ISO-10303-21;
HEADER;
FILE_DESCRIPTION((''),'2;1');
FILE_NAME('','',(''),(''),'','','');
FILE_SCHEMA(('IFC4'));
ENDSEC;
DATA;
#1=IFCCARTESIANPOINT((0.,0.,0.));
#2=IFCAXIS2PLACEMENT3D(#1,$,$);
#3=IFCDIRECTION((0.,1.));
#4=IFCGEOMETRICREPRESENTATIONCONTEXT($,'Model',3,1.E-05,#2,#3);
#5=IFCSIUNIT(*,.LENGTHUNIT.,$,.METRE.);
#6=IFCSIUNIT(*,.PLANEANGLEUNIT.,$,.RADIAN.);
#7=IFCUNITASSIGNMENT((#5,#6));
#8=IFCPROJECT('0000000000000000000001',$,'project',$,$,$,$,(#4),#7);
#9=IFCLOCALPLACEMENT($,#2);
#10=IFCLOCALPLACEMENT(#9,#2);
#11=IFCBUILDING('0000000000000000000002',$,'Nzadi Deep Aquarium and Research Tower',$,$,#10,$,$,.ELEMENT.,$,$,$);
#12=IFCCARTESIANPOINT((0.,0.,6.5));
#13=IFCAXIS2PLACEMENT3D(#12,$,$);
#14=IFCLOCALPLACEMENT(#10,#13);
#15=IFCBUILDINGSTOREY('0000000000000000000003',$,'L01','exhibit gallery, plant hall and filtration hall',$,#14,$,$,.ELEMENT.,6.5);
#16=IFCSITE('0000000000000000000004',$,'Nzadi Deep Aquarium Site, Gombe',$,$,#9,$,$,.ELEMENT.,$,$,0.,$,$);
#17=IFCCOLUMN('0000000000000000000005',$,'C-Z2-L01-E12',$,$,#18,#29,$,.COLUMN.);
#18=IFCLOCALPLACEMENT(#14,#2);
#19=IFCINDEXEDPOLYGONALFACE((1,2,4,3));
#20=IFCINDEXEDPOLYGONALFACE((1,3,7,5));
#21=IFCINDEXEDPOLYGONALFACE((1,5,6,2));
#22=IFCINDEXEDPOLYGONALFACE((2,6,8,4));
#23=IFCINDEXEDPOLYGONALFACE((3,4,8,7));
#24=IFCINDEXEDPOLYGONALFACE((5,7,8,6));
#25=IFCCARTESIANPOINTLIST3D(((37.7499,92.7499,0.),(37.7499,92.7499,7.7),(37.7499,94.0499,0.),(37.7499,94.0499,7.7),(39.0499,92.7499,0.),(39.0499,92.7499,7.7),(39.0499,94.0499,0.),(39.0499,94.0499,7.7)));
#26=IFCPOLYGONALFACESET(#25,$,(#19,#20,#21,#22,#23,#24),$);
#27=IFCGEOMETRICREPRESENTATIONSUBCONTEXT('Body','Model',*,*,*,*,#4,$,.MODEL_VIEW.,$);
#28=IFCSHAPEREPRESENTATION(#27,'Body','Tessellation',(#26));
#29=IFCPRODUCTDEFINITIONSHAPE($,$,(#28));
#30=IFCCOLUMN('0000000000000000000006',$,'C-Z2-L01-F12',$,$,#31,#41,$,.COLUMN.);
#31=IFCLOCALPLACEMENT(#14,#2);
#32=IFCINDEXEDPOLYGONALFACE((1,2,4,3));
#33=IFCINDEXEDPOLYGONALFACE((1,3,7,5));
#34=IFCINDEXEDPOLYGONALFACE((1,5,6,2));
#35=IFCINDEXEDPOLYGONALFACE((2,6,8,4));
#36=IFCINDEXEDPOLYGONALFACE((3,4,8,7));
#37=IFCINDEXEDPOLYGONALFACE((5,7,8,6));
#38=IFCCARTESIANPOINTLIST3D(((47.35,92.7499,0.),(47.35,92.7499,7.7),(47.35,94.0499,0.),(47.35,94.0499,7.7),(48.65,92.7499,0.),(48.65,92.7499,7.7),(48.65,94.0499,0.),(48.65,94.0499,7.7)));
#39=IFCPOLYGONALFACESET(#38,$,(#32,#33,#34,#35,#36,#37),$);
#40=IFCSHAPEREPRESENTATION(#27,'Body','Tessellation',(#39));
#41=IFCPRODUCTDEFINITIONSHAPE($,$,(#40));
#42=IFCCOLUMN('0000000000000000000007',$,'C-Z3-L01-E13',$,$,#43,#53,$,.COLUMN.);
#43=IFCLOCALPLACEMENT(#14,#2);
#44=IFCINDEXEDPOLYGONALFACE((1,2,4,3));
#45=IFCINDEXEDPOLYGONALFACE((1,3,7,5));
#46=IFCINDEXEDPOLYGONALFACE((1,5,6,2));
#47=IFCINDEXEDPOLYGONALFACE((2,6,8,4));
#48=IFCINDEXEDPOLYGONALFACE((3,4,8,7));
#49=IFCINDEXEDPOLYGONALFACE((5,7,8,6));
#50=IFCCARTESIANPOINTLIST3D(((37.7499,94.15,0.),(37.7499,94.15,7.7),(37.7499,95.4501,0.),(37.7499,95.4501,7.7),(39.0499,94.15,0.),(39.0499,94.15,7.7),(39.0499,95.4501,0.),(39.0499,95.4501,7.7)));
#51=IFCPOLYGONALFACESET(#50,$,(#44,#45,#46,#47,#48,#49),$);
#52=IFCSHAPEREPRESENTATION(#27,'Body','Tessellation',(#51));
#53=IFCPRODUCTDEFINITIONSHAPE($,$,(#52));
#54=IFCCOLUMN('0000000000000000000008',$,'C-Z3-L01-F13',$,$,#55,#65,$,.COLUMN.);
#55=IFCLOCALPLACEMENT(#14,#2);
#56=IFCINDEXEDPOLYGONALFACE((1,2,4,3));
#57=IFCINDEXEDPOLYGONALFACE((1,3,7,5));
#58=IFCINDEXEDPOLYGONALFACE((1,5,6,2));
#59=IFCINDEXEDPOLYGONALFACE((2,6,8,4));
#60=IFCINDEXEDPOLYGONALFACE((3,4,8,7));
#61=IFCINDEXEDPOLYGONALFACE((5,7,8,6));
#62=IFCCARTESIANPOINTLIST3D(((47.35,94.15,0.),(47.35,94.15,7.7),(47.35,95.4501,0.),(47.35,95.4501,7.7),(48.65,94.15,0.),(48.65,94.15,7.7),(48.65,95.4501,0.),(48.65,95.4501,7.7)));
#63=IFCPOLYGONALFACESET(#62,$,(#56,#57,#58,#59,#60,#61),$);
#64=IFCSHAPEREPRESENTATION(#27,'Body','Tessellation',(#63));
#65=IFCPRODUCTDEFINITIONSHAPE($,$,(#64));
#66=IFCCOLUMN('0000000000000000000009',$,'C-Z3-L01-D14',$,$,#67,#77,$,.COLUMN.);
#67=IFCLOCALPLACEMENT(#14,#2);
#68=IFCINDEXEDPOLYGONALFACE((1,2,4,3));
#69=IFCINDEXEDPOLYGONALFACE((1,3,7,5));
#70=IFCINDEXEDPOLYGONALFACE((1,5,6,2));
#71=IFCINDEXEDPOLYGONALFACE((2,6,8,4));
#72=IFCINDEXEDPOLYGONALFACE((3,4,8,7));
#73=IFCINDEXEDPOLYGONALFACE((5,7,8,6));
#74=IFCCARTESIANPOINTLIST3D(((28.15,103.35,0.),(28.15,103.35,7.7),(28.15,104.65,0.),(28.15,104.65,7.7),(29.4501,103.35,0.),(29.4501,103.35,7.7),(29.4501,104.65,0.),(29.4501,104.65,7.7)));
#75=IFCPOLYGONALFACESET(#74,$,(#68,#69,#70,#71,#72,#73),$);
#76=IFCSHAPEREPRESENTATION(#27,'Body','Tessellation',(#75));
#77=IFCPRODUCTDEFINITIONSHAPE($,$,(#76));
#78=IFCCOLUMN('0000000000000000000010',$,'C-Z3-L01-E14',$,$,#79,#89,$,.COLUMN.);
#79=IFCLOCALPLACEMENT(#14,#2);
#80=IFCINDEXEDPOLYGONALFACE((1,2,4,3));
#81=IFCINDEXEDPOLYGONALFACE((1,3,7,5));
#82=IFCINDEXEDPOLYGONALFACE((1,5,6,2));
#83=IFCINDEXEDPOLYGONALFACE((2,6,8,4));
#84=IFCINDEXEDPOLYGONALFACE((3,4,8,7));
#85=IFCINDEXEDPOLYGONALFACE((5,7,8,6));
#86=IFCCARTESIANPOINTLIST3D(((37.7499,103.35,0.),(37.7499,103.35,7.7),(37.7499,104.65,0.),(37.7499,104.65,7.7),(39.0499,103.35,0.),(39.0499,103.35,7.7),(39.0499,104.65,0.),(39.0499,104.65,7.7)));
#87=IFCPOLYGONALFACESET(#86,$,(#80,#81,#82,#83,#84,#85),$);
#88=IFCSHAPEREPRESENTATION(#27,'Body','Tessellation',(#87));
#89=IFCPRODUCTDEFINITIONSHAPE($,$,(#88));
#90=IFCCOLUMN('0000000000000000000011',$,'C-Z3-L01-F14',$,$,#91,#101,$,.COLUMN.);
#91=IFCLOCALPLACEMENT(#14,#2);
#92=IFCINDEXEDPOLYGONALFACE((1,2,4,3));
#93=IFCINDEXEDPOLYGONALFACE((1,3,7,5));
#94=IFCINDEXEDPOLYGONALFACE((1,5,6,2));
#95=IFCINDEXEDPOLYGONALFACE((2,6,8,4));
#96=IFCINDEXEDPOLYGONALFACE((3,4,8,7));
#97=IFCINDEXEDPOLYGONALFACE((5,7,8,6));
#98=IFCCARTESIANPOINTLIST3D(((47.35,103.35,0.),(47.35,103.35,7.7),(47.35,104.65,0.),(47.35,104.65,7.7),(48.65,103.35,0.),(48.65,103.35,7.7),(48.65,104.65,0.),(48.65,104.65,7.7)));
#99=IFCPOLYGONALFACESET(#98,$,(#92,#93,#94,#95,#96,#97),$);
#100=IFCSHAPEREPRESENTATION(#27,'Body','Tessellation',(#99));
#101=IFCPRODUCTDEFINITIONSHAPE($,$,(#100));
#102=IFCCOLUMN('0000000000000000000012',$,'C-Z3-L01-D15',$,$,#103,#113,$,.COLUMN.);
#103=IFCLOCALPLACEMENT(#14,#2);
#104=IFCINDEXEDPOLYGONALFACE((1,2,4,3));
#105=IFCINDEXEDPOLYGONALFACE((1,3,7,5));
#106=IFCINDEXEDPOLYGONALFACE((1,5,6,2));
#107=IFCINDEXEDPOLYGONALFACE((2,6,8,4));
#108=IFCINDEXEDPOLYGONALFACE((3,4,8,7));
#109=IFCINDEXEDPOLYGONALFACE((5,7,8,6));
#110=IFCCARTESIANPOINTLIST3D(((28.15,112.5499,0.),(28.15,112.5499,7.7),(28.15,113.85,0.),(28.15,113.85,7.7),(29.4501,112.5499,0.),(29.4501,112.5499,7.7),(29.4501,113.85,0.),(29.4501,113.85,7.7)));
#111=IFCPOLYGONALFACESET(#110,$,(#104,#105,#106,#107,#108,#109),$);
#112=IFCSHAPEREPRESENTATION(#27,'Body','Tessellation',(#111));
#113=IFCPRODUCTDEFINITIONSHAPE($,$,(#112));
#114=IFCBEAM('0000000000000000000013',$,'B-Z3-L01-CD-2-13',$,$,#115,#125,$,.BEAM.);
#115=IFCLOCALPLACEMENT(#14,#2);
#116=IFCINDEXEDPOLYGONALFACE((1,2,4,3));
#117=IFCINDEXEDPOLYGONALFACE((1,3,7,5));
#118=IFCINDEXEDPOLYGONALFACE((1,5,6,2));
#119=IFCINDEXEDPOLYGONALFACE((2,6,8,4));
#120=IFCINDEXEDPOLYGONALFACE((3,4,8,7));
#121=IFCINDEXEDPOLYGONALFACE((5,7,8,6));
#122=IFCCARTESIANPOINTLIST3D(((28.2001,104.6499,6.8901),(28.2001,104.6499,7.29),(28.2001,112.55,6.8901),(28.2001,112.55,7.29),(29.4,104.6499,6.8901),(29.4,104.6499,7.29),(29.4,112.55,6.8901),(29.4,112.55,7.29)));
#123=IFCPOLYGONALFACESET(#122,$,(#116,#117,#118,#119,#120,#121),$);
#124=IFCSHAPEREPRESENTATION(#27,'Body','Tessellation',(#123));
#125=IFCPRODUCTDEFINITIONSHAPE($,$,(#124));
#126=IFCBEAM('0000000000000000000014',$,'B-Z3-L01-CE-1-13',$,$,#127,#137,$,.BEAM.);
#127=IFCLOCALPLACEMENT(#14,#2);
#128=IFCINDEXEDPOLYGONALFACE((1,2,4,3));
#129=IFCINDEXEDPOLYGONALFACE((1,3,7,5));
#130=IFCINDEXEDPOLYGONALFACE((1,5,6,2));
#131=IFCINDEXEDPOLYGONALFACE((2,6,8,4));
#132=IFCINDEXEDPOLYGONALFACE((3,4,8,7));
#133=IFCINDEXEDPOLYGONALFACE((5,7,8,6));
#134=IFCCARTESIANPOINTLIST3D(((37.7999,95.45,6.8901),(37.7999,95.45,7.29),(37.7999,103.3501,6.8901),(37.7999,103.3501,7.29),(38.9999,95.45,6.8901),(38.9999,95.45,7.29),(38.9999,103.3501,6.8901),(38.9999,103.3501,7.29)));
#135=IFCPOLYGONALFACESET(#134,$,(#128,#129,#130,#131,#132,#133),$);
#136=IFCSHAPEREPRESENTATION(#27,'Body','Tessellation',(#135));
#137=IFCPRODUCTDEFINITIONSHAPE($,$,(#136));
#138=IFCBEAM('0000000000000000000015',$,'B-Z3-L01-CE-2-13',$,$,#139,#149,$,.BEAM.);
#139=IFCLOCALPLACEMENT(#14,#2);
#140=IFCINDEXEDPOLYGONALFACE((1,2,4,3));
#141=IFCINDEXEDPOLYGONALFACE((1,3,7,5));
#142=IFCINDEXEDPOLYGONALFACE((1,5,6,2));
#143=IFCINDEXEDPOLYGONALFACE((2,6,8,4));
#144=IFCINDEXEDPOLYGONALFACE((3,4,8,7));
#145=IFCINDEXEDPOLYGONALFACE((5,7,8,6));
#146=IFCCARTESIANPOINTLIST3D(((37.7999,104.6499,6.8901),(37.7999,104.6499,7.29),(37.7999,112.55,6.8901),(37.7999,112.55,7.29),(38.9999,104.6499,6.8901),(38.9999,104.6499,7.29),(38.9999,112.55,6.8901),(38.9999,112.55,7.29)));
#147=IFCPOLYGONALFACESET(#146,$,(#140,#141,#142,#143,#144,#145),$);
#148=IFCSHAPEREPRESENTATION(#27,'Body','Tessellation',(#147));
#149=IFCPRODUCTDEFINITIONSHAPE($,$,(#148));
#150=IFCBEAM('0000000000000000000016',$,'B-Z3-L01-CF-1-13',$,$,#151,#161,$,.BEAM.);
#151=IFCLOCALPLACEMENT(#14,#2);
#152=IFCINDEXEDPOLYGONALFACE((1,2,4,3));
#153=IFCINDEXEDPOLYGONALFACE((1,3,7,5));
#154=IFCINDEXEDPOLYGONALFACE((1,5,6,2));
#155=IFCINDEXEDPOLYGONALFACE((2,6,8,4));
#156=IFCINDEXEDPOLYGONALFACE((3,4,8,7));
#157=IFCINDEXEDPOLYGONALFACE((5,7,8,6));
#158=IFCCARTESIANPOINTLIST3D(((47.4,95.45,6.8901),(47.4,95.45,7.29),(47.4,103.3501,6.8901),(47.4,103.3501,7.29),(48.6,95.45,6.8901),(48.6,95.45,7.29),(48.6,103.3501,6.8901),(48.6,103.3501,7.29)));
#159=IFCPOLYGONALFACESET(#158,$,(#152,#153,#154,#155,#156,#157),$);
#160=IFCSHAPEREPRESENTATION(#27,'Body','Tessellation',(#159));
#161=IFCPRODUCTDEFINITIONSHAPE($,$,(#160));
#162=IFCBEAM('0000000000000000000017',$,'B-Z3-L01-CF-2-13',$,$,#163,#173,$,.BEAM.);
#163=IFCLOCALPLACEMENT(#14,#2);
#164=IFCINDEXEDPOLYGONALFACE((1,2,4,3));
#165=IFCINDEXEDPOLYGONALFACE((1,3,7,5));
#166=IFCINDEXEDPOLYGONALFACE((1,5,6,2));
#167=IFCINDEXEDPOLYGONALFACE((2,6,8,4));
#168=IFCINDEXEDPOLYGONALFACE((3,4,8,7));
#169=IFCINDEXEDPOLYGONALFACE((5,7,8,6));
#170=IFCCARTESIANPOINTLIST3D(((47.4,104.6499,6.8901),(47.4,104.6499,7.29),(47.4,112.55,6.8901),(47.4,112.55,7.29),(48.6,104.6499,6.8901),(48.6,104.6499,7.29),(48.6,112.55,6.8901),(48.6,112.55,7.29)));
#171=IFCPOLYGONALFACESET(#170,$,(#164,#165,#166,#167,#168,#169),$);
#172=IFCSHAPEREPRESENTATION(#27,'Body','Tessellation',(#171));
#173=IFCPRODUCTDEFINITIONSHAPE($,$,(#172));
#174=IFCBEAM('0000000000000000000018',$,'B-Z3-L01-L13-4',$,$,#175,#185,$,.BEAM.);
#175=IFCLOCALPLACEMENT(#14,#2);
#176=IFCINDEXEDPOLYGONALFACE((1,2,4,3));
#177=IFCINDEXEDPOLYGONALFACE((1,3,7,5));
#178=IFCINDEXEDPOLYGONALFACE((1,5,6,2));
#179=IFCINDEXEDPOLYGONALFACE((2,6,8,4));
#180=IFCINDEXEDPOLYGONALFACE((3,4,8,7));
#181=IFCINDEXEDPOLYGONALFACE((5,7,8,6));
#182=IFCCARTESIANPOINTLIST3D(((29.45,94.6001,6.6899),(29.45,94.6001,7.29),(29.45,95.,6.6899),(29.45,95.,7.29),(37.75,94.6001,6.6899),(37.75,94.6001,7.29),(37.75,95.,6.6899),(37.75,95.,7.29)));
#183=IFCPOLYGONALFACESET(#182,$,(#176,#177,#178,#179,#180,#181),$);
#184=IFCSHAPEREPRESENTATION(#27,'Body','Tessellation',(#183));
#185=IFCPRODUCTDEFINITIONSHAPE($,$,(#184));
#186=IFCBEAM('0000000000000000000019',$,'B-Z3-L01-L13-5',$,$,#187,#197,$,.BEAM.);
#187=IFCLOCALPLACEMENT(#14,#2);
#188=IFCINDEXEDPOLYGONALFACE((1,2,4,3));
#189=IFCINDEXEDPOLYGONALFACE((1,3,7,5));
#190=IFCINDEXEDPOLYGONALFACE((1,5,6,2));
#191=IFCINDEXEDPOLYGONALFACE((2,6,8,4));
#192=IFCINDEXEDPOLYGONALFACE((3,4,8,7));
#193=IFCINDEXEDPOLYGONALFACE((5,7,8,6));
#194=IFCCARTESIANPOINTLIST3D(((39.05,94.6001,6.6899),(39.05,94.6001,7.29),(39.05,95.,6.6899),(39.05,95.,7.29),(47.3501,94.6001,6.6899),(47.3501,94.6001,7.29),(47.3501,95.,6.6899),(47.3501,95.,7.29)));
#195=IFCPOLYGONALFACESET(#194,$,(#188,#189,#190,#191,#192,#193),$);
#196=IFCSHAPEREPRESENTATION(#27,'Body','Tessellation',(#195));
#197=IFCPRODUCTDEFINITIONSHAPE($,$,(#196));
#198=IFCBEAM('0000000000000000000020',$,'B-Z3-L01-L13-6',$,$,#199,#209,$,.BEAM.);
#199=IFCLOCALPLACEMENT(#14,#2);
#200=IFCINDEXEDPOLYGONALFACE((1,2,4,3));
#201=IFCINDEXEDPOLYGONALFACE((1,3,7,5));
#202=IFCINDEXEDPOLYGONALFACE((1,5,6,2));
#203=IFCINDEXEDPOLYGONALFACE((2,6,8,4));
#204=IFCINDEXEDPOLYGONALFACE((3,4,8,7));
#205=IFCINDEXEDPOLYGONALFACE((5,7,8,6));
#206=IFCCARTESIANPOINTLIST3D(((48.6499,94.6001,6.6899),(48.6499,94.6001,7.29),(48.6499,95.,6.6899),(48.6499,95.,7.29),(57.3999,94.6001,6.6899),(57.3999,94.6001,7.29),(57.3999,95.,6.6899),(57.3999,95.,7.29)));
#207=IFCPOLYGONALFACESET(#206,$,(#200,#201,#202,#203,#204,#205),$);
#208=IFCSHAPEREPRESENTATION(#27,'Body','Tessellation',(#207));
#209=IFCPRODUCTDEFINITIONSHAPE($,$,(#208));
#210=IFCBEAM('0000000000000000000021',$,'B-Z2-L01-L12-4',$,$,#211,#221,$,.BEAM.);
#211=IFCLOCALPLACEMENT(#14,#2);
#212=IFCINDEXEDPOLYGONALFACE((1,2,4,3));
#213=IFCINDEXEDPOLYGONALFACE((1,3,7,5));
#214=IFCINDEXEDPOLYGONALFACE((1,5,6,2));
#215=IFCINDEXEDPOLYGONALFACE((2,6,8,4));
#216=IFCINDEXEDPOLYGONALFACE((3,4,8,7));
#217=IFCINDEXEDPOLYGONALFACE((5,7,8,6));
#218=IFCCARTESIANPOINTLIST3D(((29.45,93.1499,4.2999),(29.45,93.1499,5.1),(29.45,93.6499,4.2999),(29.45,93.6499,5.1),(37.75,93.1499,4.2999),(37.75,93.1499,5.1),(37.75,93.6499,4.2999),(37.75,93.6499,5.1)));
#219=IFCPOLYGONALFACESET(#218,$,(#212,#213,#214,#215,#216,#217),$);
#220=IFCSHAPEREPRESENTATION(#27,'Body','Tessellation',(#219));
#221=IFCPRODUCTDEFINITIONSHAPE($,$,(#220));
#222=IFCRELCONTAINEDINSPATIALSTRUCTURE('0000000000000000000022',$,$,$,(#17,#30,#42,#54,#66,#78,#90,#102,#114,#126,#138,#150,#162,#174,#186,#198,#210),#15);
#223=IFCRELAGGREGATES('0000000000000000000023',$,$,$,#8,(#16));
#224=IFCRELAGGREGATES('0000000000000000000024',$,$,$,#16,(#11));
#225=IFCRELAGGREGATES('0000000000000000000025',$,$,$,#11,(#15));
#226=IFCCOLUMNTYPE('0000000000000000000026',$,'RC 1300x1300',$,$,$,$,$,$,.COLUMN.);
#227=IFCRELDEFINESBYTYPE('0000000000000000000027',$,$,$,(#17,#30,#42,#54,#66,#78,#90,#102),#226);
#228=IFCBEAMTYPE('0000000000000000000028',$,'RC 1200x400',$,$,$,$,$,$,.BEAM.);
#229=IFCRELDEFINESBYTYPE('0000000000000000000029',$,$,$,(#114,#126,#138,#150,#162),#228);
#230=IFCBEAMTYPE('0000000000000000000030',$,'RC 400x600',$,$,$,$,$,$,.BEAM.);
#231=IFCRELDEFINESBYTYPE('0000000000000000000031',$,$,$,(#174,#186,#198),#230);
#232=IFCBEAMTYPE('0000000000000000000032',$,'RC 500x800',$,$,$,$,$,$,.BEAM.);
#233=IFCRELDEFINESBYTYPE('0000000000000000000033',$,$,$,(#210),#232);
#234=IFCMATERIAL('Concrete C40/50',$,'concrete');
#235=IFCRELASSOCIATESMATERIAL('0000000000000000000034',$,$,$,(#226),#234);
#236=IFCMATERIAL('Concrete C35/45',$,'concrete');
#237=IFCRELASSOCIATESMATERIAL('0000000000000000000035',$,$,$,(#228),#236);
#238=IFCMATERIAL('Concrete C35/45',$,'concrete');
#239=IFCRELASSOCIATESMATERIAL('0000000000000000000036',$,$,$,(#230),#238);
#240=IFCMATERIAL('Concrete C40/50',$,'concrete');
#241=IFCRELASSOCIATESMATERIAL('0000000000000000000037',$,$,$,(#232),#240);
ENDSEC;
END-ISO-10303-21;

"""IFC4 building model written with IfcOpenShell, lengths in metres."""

from ifc_helpers import new_model, si_unit, direction, frame, origin, origin_2d, place, context, subcontext, project, spatial, rectangle, extrude, material, material_profile, profile_set, type_object, element, save


model = new_model("IFC4")

# Units and contexts
model_context = context("Model", 3, precision=1e-05, world=origin(), true_north=direction((0.0, 1.0)))
body_context = subcontext(model_context, "Body", "Model", "MODEL_VIEW")
ifc_project = project(units=[si_unit("LENGTHUNIT", "METRE"), si_unit("PLANEANGLEUNIT", "RADIAN")], contexts=[model_context])

# Site, building, storey
site_placement = place(None, origin())
site = spatial("IfcSite", under=ifc_project, at=site_placement, Name="Nzadi Deep Aquarium Site, Gombe", CompositionType="ELEMENT", RefElevation=0.0)
building_placement = place(site_placement, origin())
building = spatial("IfcBuilding", under=site, at=building_placement, Name="Nzadi Deep Aquarium and Research Tower", CompositionType="ELEMENT")
storey_placement = place(building_placement, frame((0.0, 0.0, 6.5)))
storey = spatial("IfcBuildingStorey", under=building, at=storey_placement, Name="L01", Description="exhibit gallery, plant hall and filtration hall", CompositionType="ELEMENT", Elevation=6.5)

# Columns
ifc_material_1 = material(Name="Concrete C40/50", Category="concrete")
ifc_material_profile_1 = material_profile(ifc_material_1, rectangle(XDim=1.3, YDim=1.3, at=origin_2d()))
ifc_profile_set_1 = profile_set([ifc_material_profile_1], Name="Concrete C40/50")
column_type = type_object("IfcColumnType", Name="RC 1300x1300", PredefinedType="COLUMN", material=ifc_profile_set_1)
for number, where, z_axis, x_axis, name in (
    (1, (38.3999, 93.3999, 0.0), (0.0, 0.0, 1.0), (1.0, 0.0, 0.0), "C-Z2-L01-E12"),
    (2, (48.0, 93.3999, 0.0), (0.0, 0.0, 1.0), (1.0, 0.0, 0.0), "C-Z2-L01-F12"),
    (3, (38.3999, 94.8, 0.0), (0.0, 0.0, 1.0), (1.0, 0.0, 0.0), "C-Z3-L01-E13"),
    (4, (48.0, 94.8, 0.0), (0.0, 0.0, 1.0), (1.0, 0.0, 0.0), "C-Z3-L01-F13"),
    (5, (28.8, 104.0, 0.0), (0.0, 0.0, 1.0), (1.0, 0.0, 0.0), "C-Z3-L01-D14"),
    (6, (38.3999, 104.0, 0.0), (0.0, 0.0, 1.0), (1.0, 0.0, 0.0), "C-Z3-L01-E14"),
    (7, (48.0, 104.0, 0.0), (0.0, 0.0, 1.0), (1.0, 0.0, 0.0), "C-Z3-L01-F14"),
    (8, (28.8, 113.2, 0.0), (0.0, 0.0, 1.0), (1.0, 0.0, 0.0), "C-Z3-L01-D15"),
):
    element("IfcColumn", number, at=place(storey_placement, frame(where, z_axis=z_axis, x_axis=x_axis)), inside=storey, type_object=column_type, Name=name, PredefinedType="COLUMN", context=body_context, shape_type="SweptSolid", body=[
        extrude(rectangle(XDim=1.3, YDim=1.3, at=origin_2d()), origin(), (0.0, 0.0, 1.0), 7.7),
    ])

# Beams
ifc_material_2 = material(Name="Concrete C35/45", Category="concrete")
ifc_material_profile_2 = material_profile(ifc_material_2, rectangle(XDim=1.2, YDim=0.3999, at=origin_2d()))
ifc_profile_set_2 = profile_set([ifc_material_profile_2], Name="Concrete C35/45")
beam_type_1 = type_object("IfcBeamType", Name="RC 1200x400", PredefinedType="BEAM", material=ifc_profile_set_2)
for number, where, z_axis, x_axis, name in (
    (9, (28.8, 104.6499, 7.0901), (0.0, 1.0, 0.0), (-1.0, 0.0, 0.0), "B-Z3-L01-CD-2-13"),
    (10, (38.3999, 95.45, 7.0901), (0.0, 1.0, 0.0), (-1.0, 0.0, 0.0), "B-Z3-L01-CE-1-13"),
    (11, (38.3999, 104.6499, 7.0901), (0.0, 1.0, 0.0), (-1.0, 0.0, 0.0), "B-Z3-L01-CE-2-13"),
    (12, (48.0, 95.45, 7.0901), (0.0, 1.0, 0.0), (-1.0, 0.0, 0.0), "B-Z3-L01-CF-1-13"),
    (13, (48.0, 104.6499, 7.0901), (0.0, 1.0, 0.0), (-1.0, 0.0, 0.0), "B-Z3-L01-CF-2-13"),
):
    element("IfcBeam", number, at=place(storey_placement, frame(where, z_axis=z_axis, x_axis=x_axis)), inside=storey, type_object=beam_type_1, Name=name, PredefinedType="BEAM", context=body_context, shape_type="SweptSolid", body=[
        extrude(rectangle(XDim=1.2, YDim=0.3999, at=origin_2d()), origin(), (0.0, 0.0, 1.0), 7.9001),
    ])
ifc_material_3 = material(Name="Concrete C35/45", Category="concrete")
ifc_material_profile_3 = material_profile(ifc_material_3, rectangle(XDim=0.3999, YDim=0.6001, at=origin_2d()))
ifc_profile_set_3 = profile_set([ifc_material_profile_3], Name="Concrete C35/45")
beam_type_2 = type_object("IfcBeamType", Name="RC 400x600", PredefinedType="BEAM", material=ifc_profile_set_3)
for number, where, z_axis, x_axis, name in (
    (14, (29.45, 94.8, 6.99), (1.0, 0.0, 0.0), (0.0, 1.0, 0.0), "B-Z3-L01-L13-4"),
    (15, (39.05, 94.8, 6.99), (1.0, 0.0, 0.0), (0.0, 1.0, 0.0), "B-Z3-L01-L13-5"),
):
    element("IfcBeam", number, at=place(storey_placement, frame(where, z_axis=z_axis, x_axis=x_axis)), inside=storey, type_object=beam_type_2, Name=name, PredefinedType="BEAM", context=body_context, shape_type="SweptSolid", body=[
        extrude(rectangle(XDim=0.3999, YDim=0.6001, at=origin_2d()), origin(), (0.0, 0.0, 1.0), 8.3),
    ])
beam_1_placement = place(storey_placement, frame((48.6499, 94.8, 6.99), z_axis=(1.0, 0.0, 0.0), x_axis=(0.0, 1.0, 0.0)))
element("IfcBeam", 16, at=beam_1_placement, inside=storey, type_object=beam_type_2, Name="B-Z3-L01-L13-6", PredefinedType="BEAM", context=body_context, shape_type="SweptSolid", body=[
    extrude(rectangle(XDim=0.3999, YDim=0.6001, at=origin_2d()), origin(), (0.0, 0.0, 1.0), 8.75),
])
ifc_material_4 = material(Name="Concrete C40/50", Category="concrete")
ifc_material_profile_4 = material_profile(ifc_material_4, rectangle(XDim=0.5, YDim=0.8, at=origin_2d()))
ifc_profile_set_4 = profile_set([ifc_material_profile_4], Name="Concrete C40/50")
beam_type_3 = type_object("IfcBeamType", Name="RC 500x800", PredefinedType="BEAM", material=ifc_profile_set_4)
for number, where, z_axis, x_axis, name in (
    (17, (29.45, 93.3999, 4.7), (1.0, 0.0, 0.0), (0.0, 1.0, 0.0), "B-Z2-L01-L12-4"),
):
    element("IfcBeam", number, at=place(storey_placement, frame(where, z_axis=z_axis, x_axis=x_axis)), inside=storey, type_object=beam_type_3, Name=name, PredefinedType="BEAM", context=body_context, shape_type="SweptSolid", body=[
        extrude(rectangle(XDim=0.5, YDim=0.8, at=origin_2d()), origin(), (0.0, 0.0, 1.0), 8.3),
    ])

save(model, "model.ifc")
